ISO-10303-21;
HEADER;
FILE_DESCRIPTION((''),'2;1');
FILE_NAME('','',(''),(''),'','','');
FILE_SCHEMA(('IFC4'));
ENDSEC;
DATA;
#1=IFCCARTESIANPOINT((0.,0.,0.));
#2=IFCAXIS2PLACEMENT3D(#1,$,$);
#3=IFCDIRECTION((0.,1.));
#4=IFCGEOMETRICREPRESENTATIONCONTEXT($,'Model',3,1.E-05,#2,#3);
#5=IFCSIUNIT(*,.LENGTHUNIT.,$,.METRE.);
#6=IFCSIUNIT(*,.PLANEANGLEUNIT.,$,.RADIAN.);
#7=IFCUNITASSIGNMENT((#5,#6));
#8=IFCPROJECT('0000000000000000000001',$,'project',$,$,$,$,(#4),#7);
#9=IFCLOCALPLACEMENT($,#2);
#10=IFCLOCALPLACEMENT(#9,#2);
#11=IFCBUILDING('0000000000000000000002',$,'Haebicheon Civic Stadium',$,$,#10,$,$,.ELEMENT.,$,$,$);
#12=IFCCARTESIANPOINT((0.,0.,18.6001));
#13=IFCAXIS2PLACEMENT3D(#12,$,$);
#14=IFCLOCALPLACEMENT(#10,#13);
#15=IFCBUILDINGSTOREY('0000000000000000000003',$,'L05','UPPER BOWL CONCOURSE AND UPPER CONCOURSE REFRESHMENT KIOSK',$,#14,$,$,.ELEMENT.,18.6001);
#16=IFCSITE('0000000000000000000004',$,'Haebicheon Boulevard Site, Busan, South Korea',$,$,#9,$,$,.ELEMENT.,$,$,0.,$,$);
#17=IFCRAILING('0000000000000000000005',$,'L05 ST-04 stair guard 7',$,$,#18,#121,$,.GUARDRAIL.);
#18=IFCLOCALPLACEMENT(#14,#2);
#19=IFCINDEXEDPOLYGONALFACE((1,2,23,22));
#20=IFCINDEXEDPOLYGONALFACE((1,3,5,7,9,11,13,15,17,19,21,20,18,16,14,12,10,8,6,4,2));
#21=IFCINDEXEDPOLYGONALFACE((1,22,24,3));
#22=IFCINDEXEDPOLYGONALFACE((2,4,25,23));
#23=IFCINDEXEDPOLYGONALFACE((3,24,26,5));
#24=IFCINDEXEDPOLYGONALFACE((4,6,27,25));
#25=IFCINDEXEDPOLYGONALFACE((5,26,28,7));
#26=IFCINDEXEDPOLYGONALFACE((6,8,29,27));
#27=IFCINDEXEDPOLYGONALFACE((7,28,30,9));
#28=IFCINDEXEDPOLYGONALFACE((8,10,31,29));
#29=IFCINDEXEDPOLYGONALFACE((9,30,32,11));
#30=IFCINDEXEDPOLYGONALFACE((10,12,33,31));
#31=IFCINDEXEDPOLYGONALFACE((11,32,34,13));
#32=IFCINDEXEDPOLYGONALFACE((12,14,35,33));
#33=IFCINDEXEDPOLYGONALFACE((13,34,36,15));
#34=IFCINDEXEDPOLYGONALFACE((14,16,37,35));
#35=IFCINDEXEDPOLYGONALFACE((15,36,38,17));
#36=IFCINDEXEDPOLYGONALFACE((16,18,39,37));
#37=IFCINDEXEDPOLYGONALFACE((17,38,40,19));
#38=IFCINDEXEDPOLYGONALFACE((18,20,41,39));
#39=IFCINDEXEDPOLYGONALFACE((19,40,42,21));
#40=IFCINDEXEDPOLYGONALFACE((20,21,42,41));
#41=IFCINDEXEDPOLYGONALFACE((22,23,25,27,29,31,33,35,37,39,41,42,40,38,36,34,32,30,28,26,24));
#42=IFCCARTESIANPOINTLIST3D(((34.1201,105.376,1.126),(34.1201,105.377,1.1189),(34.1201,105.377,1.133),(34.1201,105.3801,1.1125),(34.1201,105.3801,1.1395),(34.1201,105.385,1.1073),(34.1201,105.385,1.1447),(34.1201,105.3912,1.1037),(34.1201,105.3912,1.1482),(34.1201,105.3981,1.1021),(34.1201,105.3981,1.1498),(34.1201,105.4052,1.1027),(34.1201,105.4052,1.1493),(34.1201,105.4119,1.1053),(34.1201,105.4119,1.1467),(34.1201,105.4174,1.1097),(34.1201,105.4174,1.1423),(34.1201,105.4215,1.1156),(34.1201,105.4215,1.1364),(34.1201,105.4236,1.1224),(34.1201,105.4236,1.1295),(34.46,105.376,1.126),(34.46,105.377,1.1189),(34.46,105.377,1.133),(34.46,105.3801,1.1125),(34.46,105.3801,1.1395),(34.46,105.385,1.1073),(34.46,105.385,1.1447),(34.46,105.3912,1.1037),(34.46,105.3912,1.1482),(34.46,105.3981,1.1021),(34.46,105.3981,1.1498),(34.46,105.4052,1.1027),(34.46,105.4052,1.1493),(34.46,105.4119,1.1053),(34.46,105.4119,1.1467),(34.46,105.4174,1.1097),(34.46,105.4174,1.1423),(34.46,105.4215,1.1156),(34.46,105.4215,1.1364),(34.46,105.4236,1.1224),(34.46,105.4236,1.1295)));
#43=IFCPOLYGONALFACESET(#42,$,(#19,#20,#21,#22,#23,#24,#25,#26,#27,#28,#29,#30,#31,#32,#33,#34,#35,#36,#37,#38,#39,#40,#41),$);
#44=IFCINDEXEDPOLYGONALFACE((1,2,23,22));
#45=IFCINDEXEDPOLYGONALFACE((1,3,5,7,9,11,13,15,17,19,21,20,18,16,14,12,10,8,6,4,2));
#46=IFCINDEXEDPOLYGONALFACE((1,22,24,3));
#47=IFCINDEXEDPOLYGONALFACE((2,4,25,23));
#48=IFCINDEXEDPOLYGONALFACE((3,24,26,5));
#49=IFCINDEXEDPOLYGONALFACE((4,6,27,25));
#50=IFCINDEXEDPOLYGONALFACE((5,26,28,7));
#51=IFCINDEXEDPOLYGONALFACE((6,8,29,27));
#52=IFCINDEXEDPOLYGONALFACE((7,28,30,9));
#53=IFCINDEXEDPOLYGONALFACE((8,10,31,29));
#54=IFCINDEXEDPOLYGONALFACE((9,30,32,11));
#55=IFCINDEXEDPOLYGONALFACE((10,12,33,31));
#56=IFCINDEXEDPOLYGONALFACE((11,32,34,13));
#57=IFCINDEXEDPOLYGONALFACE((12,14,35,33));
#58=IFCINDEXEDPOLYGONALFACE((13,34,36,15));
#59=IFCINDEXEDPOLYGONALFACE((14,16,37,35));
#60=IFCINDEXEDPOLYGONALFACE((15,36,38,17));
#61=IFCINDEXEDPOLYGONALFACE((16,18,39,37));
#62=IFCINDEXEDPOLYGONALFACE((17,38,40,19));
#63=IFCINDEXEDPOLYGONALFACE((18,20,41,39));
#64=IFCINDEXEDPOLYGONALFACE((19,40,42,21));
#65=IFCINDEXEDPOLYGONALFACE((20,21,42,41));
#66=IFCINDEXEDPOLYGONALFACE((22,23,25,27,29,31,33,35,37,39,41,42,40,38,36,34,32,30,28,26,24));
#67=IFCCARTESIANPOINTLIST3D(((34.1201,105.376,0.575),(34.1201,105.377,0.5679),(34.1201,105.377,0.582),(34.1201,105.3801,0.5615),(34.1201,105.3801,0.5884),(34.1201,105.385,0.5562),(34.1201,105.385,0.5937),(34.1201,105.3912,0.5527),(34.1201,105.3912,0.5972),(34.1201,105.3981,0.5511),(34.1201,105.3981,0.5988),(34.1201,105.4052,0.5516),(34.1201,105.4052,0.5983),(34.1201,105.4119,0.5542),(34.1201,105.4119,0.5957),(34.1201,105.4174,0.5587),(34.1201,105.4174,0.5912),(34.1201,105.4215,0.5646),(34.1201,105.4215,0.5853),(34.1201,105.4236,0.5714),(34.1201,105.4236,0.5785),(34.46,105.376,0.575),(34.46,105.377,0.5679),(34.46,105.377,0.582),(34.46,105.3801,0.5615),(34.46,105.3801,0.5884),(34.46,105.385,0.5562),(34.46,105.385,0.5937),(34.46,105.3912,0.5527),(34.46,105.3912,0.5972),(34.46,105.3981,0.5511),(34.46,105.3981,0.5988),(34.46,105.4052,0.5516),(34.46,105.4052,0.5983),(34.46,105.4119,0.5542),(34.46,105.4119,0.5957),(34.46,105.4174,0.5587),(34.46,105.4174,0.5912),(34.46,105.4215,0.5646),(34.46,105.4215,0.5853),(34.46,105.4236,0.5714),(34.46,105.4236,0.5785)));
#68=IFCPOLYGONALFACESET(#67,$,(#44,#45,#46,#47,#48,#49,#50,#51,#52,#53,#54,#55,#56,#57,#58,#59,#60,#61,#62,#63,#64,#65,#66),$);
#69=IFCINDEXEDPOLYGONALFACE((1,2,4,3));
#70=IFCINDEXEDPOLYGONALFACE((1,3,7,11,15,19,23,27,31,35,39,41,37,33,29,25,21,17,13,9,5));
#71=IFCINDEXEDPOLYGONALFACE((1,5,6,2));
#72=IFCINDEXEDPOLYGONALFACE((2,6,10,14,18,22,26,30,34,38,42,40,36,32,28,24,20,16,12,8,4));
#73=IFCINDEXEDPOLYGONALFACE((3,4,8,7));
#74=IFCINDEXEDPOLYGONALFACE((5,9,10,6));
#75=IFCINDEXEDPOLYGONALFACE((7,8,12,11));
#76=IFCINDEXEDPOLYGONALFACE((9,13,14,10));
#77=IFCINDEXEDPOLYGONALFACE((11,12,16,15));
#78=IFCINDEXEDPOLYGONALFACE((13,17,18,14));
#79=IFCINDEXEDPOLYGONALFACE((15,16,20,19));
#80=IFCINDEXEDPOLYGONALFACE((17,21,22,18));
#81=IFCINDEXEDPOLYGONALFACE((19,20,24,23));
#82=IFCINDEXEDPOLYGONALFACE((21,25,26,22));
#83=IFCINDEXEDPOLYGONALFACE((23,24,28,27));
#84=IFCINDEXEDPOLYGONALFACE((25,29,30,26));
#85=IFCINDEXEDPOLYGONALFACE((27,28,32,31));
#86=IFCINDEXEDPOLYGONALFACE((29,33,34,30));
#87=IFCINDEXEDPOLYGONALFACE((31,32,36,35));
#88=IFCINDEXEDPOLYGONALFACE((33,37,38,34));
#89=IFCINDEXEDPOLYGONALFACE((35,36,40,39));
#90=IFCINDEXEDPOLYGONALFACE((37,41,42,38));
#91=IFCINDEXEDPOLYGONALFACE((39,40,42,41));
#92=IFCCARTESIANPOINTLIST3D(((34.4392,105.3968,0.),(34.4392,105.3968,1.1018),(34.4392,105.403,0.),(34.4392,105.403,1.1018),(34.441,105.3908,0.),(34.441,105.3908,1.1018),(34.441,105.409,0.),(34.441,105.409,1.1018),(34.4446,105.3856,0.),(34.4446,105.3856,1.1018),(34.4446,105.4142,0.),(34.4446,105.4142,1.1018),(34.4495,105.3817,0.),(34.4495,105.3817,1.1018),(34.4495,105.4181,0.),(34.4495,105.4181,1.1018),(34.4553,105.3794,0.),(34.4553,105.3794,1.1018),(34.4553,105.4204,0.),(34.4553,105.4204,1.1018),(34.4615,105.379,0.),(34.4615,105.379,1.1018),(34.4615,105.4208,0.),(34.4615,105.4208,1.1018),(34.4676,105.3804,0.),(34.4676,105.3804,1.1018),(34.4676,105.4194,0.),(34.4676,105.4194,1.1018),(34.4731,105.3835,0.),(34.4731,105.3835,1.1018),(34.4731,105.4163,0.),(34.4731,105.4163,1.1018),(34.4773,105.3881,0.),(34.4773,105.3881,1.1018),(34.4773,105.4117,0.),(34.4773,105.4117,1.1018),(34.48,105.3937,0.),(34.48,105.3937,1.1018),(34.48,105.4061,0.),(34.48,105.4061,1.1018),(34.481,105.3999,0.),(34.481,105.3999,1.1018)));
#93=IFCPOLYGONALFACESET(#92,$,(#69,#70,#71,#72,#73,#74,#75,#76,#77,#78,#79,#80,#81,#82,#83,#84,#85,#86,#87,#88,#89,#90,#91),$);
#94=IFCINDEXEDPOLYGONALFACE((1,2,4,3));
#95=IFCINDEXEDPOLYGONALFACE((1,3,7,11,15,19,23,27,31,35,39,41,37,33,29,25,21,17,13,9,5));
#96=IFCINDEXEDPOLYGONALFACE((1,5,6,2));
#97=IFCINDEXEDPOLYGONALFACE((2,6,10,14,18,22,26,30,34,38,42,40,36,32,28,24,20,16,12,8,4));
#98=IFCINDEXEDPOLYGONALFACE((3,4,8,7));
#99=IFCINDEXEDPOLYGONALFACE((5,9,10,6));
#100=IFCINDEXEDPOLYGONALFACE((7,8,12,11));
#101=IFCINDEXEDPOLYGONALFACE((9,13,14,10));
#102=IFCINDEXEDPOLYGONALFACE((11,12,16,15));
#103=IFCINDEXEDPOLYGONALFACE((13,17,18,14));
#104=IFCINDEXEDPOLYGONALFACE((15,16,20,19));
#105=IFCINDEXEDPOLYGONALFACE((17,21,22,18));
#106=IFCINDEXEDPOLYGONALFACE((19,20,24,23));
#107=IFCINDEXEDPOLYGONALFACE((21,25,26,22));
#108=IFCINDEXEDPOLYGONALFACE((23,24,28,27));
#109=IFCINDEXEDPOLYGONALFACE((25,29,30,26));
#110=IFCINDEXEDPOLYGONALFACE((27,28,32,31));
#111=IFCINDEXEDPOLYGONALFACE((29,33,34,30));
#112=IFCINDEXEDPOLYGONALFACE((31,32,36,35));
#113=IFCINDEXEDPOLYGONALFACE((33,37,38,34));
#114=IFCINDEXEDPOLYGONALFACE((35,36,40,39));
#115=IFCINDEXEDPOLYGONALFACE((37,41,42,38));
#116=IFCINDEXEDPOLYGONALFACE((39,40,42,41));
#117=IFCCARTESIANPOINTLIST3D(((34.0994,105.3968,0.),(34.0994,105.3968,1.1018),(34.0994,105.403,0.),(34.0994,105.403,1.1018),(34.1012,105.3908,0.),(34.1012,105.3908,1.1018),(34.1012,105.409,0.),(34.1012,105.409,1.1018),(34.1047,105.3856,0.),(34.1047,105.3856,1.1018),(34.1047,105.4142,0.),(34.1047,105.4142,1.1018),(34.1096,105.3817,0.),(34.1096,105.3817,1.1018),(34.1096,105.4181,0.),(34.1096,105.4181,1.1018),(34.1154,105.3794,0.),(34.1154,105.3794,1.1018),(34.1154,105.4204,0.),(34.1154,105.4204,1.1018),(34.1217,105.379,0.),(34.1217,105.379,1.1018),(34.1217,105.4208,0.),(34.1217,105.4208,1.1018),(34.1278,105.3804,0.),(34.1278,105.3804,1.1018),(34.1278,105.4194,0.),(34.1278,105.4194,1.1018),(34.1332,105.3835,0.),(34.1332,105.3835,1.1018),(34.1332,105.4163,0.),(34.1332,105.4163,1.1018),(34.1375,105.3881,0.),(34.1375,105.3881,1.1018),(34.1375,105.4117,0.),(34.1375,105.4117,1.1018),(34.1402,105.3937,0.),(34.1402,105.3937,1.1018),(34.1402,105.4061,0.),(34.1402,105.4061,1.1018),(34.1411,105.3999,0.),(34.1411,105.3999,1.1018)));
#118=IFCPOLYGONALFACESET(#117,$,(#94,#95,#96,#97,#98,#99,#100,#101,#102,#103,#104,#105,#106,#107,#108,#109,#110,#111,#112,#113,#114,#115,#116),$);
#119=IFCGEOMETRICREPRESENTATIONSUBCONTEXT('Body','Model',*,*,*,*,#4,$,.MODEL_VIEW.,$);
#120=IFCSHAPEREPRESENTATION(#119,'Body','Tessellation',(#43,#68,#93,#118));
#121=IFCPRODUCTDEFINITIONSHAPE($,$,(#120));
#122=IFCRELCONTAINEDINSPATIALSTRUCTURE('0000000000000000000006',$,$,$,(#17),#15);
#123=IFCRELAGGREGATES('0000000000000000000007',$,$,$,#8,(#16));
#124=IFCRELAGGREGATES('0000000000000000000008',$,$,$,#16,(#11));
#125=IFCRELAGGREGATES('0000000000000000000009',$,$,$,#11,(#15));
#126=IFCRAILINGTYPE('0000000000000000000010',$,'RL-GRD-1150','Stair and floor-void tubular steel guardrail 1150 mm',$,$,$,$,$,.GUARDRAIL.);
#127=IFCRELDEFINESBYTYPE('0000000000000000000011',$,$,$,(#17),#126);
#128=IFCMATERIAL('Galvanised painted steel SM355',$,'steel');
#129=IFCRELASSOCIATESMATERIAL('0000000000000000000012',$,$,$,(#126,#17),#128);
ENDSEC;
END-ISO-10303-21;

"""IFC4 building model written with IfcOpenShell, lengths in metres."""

from ifc_helpers import new_model, si_unit, direction, frame, origin, origin_2d, place, context, subcontext, project, spatial, circle, extrude, material, type_object, element, save


model = new_model("IFC4")

# Units and contexts
model_context = context("Model", 3, precision=1e-05, world=origin(), true_north=direction((0.0, 1.0)))
body_context = subcontext(model_context, "Body", "Model", "MODEL_VIEW")
ifc_project = project(units=[si_unit("LENGTHUNIT", "METRE"), si_unit("PLANEANGLEUNIT", "RADIAN")], contexts=[model_context])

# Site, building, storey
site_placement = place(None, origin())
site = spatial("IfcSite", under=ifc_project, at=site_placement, Name="Haebicheon Boulevard Site, Busan, South Korea", CompositionType="ELEMENT", RefElevation=0.0)
building_placement = place(site_placement, origin())
building = spatial("IfcBuilding", under=site, at=building_placement, Name="Haebicheon Civic Stadium", CompositionType="ELEMENT")
storey_placement = place(building_placement, frame((0.0, 0.0, 18.6001)))
storey = spatial("IfcBuildingStorey", under=building, at=storey_placement, Name="L05", Description="UPPER BOWL CONCOURSE AND UPPER CONCOURSE REFRESHMENT KIOSK", CompositionType="ELEMENT", Elevation=18.6001)

# Railing
ifc_material_1 = material(Name="Galvanised painted steel SM355", Category="steel")
railing_type_1 = type_object("IfcRailingType", Name="RL-GRD-1150", Description="Stair and floor-void tubular steel guardrail 1150 mm", PredefinedType="GUARDRAIL", material=ifc_material_1)
railing_1_placement = place(storey_placement, frame((34.46, 105.3999, 0.0)))
element("IfcRailing", 1, at=railing_1_placement, inside=storey, type_object=railing_type_1, material=ifc_material_1, Name="L05 ST-04 stair guard 7", PredefinedType="GUARDRAIL", context=body_context, shape_type="SweptSolid", body=[
    extrude(circle(Radius=0.0239, at=origin_2d()), frame((0.0, 0.0, 1.126), z_axis=(-1.0, 0.0, 0.0), x_axis=(0.0, -1.0, 0.0)), (0.0, 0.0, 1.0), 0.3398),
    extrude(circle(Radius=0.0239, at=origin_2d()), frame((0.0, 0.0, 0.575), z_axis=(-1.0, 0.0, 0.0), x_axis=(0.0, -1.0, 0.0)), (0.0, 0.0, 1.0), 0.3398),
    extrude(circle(Radius=0.021, at=origin_2d()), origin(), (0.0, 0.0, 1.0), 1.1018),
    extrude(circle(Radius=0.021, at=origin_2d()), frame((-0.3398, 0.0, 0.0)), (0.0, 0.0, 1.0), 1.1018),
])

save(model, "model.ifc")
